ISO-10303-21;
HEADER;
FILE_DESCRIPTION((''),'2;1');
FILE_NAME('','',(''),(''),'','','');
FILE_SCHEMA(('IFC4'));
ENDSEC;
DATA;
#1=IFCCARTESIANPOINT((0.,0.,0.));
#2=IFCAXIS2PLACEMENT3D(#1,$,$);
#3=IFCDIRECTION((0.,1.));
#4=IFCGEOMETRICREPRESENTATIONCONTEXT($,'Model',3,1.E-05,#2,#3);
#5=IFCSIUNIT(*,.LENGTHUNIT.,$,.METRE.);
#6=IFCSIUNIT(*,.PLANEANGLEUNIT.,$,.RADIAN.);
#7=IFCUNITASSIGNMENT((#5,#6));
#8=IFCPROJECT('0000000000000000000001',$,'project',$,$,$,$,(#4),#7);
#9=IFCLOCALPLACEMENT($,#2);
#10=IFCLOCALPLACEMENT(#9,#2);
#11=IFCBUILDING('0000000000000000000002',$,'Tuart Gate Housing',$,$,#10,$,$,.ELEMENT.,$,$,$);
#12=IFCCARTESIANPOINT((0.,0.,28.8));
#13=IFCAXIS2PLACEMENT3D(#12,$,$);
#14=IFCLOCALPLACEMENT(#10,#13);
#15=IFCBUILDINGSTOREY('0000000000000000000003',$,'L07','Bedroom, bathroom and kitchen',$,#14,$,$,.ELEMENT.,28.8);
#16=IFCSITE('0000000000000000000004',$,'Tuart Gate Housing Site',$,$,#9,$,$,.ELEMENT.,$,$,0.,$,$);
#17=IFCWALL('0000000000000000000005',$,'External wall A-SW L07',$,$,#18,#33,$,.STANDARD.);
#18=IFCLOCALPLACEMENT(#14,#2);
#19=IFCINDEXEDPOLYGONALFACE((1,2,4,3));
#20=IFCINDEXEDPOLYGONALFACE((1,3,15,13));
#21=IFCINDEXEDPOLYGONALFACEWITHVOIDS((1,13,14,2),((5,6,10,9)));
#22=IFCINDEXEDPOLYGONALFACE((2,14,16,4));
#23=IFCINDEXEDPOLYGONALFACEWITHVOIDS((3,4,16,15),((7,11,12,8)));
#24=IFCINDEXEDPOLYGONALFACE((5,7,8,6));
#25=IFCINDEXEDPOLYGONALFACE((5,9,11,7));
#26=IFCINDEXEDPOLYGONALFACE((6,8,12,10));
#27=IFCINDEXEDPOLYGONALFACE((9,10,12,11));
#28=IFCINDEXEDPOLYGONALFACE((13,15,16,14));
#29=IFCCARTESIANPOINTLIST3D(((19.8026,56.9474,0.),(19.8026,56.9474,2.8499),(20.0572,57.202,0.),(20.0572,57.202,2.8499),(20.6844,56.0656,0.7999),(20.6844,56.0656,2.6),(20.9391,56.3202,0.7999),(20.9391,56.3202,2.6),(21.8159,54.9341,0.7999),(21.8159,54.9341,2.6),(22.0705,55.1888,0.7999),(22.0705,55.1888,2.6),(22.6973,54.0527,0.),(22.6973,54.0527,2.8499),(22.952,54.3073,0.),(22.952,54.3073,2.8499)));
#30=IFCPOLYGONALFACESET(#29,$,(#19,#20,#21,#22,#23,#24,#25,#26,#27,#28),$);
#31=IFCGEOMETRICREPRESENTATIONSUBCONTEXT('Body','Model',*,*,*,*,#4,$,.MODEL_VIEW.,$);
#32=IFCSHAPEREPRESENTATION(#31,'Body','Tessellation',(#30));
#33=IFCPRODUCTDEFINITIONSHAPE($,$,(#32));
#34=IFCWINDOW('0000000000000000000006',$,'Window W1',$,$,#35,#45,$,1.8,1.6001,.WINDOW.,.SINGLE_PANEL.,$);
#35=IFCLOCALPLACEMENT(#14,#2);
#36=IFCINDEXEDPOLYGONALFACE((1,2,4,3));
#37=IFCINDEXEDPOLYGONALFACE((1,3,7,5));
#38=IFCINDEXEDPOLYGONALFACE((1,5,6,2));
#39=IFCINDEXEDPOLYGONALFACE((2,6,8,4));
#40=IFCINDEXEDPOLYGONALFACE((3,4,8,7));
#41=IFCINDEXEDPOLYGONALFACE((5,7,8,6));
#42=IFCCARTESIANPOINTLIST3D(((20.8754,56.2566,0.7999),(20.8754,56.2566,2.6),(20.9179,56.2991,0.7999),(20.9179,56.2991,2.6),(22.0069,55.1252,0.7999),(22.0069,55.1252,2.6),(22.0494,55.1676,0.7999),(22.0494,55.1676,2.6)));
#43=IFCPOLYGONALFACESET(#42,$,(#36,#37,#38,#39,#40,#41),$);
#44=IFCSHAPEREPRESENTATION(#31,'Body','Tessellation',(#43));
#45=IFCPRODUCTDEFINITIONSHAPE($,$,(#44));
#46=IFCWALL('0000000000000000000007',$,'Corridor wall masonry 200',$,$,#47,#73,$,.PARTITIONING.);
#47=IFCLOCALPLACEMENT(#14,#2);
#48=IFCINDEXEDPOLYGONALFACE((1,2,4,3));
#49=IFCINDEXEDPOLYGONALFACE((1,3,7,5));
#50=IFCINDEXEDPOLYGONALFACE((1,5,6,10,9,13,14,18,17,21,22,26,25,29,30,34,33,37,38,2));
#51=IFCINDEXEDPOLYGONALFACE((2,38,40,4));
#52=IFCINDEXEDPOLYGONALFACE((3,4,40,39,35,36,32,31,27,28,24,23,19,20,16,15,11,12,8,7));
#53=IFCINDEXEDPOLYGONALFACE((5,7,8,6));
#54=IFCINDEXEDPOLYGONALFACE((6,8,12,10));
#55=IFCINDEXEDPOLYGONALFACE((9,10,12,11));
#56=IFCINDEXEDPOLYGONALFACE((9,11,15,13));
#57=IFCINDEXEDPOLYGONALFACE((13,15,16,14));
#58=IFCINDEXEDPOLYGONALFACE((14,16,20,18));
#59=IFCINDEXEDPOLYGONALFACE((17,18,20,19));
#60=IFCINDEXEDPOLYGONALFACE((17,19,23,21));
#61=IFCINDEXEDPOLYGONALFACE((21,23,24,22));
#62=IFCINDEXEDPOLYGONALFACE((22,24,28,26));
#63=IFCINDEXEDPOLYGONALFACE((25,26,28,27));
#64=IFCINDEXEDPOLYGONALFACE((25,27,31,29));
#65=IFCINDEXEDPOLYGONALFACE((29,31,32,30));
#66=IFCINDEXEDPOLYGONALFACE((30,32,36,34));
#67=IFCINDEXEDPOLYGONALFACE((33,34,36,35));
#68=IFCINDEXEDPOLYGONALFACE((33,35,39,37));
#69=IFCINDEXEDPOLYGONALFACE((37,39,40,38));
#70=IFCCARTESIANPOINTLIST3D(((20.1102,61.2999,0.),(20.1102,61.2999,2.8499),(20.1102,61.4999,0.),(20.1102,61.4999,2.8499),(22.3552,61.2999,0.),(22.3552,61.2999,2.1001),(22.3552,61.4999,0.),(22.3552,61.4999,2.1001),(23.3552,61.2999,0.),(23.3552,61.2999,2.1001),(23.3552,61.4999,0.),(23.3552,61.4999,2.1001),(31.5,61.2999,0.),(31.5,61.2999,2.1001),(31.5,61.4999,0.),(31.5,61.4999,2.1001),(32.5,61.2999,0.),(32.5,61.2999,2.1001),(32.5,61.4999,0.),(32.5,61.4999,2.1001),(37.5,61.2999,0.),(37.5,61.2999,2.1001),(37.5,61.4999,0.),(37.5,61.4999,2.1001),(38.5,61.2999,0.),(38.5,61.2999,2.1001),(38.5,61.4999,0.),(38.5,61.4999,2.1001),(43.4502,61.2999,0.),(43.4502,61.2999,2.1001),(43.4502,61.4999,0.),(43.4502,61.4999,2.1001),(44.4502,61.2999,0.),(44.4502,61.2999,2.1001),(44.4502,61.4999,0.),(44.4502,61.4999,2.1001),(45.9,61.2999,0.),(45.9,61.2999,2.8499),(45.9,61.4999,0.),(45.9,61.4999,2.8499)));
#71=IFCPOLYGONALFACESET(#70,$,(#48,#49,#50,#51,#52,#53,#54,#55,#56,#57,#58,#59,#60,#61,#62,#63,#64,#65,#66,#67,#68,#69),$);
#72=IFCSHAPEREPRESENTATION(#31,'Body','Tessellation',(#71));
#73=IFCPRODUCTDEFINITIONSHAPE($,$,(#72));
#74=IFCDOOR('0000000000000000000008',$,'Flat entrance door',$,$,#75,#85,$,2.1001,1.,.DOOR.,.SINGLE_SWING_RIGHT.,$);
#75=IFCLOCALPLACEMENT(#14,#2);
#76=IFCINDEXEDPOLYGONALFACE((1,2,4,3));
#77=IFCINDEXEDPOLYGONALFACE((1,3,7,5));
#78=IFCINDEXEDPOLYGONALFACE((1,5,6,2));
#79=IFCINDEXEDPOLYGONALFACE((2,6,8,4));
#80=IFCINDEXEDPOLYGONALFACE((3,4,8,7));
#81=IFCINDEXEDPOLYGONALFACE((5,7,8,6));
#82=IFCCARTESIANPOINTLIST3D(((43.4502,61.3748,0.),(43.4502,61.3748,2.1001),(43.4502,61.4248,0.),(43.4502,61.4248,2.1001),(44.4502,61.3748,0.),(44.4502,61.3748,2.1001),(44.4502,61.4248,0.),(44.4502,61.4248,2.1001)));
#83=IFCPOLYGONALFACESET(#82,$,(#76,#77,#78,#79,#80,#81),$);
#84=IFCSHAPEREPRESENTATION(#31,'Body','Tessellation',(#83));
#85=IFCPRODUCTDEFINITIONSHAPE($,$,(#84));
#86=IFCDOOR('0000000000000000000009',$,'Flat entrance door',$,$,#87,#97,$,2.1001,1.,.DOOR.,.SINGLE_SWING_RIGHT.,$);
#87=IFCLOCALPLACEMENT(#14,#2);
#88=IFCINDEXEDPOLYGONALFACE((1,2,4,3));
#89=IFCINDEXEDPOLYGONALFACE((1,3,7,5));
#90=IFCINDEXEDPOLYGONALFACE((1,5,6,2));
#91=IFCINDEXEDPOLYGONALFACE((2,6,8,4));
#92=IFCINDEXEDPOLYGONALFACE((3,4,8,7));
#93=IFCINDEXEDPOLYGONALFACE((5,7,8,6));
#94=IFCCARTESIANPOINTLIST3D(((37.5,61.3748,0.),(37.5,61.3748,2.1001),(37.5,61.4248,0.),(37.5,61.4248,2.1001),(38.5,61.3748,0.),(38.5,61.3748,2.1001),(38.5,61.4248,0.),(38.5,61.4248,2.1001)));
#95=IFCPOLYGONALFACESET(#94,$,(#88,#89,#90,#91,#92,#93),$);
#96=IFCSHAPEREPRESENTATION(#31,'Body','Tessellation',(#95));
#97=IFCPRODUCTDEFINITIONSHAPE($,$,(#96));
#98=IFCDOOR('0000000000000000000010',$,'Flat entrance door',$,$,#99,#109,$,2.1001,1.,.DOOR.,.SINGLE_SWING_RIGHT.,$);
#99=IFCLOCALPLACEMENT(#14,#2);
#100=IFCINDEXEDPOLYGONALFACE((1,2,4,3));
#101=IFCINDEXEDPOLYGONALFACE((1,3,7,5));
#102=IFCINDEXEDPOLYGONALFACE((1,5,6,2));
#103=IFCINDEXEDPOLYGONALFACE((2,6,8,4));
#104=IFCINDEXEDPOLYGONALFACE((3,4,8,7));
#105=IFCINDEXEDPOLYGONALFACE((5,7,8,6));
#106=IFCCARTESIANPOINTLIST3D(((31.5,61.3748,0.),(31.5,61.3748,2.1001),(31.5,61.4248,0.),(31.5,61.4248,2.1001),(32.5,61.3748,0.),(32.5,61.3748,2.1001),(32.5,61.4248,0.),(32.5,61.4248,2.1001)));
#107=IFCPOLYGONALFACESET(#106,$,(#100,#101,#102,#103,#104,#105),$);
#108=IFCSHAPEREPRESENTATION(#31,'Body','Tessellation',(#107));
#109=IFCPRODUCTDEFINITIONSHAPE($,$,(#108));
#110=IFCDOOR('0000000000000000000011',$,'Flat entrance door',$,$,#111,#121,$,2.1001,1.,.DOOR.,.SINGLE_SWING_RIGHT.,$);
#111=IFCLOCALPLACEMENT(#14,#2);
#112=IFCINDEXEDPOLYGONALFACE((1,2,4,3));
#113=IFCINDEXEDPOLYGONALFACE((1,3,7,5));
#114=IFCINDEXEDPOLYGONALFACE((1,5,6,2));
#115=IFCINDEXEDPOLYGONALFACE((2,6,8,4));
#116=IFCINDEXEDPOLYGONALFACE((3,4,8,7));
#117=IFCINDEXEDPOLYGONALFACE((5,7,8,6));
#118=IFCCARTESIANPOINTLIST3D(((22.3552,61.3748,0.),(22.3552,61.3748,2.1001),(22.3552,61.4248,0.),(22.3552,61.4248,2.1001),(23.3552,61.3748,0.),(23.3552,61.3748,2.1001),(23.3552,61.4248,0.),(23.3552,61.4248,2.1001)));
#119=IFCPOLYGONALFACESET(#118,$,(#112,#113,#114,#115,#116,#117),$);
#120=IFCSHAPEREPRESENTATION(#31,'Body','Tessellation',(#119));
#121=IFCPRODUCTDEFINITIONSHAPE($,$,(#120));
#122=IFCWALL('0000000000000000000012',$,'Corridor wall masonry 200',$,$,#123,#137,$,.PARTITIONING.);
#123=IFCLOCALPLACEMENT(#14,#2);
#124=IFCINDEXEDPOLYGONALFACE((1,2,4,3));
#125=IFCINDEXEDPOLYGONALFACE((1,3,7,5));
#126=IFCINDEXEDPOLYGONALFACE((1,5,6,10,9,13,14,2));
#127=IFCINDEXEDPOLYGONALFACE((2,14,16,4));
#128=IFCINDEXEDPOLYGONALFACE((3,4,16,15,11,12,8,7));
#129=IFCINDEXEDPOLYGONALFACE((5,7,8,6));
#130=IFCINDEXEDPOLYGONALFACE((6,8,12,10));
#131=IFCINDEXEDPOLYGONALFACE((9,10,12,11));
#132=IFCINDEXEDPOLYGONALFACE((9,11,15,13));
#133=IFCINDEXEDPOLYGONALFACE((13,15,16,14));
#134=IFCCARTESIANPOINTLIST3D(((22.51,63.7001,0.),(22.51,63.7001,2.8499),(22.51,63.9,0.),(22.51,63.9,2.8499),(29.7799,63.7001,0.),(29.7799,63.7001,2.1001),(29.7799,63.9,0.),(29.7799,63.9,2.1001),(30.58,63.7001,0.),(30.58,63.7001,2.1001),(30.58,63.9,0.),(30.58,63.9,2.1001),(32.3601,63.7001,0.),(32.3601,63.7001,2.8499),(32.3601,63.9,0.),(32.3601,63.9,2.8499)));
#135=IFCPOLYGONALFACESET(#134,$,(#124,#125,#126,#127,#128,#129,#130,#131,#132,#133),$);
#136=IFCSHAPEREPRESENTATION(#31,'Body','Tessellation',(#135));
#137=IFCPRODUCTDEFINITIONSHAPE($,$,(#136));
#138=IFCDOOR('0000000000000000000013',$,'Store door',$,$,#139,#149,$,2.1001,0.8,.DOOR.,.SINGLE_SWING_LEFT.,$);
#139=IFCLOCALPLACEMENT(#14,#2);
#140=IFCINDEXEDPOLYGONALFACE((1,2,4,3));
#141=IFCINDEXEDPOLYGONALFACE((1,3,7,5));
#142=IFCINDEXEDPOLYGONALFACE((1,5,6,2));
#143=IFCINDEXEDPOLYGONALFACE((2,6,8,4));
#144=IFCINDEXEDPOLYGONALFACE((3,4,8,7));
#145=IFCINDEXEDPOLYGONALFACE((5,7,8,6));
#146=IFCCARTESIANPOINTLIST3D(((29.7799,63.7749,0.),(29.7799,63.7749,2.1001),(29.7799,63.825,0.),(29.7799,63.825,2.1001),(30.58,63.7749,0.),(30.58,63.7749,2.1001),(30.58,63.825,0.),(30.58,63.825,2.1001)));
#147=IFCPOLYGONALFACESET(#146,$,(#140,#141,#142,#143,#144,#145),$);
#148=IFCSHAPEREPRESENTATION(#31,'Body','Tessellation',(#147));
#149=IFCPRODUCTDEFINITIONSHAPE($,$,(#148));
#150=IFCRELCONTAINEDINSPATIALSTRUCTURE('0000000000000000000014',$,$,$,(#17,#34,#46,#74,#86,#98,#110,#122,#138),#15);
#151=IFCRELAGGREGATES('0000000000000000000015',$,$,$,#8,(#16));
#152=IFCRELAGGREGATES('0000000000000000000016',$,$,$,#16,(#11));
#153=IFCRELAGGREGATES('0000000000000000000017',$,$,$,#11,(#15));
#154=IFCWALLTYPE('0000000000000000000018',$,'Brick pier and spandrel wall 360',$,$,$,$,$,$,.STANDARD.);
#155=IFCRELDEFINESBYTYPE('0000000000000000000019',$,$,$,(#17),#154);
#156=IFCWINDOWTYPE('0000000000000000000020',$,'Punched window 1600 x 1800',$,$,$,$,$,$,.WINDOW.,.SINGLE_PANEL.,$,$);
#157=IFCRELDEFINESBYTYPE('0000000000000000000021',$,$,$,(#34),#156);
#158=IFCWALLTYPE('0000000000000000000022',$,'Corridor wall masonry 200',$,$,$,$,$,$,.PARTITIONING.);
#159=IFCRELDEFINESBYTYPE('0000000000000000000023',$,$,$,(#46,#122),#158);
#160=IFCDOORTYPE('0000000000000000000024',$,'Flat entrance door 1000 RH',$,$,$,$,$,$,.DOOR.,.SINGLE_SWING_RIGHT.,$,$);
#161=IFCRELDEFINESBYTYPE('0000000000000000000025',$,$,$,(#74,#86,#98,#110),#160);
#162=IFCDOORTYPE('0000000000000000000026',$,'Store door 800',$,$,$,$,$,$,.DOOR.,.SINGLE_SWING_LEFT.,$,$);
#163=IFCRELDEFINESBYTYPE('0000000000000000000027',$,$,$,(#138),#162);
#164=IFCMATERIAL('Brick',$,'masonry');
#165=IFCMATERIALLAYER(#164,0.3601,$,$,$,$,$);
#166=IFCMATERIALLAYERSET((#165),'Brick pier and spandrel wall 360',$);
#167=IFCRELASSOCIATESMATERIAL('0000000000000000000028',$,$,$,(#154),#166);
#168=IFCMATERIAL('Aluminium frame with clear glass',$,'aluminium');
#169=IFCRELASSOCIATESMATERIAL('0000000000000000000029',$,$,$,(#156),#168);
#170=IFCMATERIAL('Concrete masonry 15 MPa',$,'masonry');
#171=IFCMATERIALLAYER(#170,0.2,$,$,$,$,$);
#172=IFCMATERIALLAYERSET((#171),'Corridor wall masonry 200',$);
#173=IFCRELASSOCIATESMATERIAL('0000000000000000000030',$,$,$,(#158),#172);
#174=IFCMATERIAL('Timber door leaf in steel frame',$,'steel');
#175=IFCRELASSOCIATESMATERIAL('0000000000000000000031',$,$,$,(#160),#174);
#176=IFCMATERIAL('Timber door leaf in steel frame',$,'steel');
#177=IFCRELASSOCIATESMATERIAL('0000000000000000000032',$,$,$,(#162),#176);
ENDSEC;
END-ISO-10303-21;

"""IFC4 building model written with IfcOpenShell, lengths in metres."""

from ifc_helpers import new_model, si_unit, direction, frame, frame_2d, origin, place, context, subcontext, project, spatial, rectangle, extrude, material, layer, layer_set, type_object, element, fill, save


model = new_model("IFC4")

# Units and contexts
model_context = context("Model", 3, precision=1e-05, world=origin(), true_north=direction((0.0, 1.0)))
body_context = subcontext(model_context, "Body", "Model", "MODEL_VIEW")
ifc_project = project(units=[si_unit("LENGTHUNIT", "METRE"), si_unit("PLANEANGLEUNIT", "RADIAN")], contexts=[model_context])

# Site, building, storey
site_placement = place(None, origin())
site = spatial("IfcSite", under=ifc_project, at=site_placement, Name="Tuart Gate Housing Site", CompositionType="ELEMENT", RefElevation=0.0)
building_placement = place(site_placement, origin())
building = spatial("IfcBuilding", under=site, at=building_placement, Name="Tuart Gate Housing", CompositionType="ELEMENT")
storey_placement = place(building_placement, frame((0.0, 0.0, 28.8)))
storey = spatial("IfcBuildingStorey", under=building, at=storey_placement, Name="L07", Description="Bedroom, bathroom and kitchen", CompositionType="ELEMENT", Elevation=28.8)

# Wall, opening, window
ifc_material_1 = material(Name="Brick", Category="masonry")
ifc_layer_1 = layer(ifc_material_1, 0.3601)
ifc_layer_set_1 = layer_set([ifc_layer_1], Name="Brick pier and spandrel wall 360")
wall_type_1 = type_object("IfcWallType", Name="Brick pier and spandrel wall 360", PredefinedType="STANDARD", material=ifc_layer_set_1)
wall_1_placement = place(storey_placement, frame((19.9299, 57.0747, 0.0), z_axis=(0.0, 0.0, 1.0), x_axis=(0.707107, -0.707107, 0.0)))
wall_1 = element("IfcWall", 1, at=wall_1_placement, inside=storey, type_object=wall_type_1, Name="External wall A-SW L07", PredefinedType="STANDARD", context=body_context, shape_type="SweptSolid", body=[
    extrude(rectangle(XDim=4.0938, YDim=0.3601, at=frame_2d((2.0469, 0.0))), origin(), (0.0, 0.0, 1.0), 2.8499),
])
opening_1_placement = place(wall_1_placement, frame((1.2471, 0.0, 0.8)))
opening_1 = element("IfcOpeningElement", 2, at=opening_1_placement, cuts=wall_1, PredefinedType="OPENING", context=body_context, shape_type="SweptSolid", body=[
    extrude(rectangle(XDim=1.6001, YDim=1.8, at=frame_2d((0.8, 0.8999))), frame((0.0, 0.1899, 0.0), z_axis=(0.0, -1.0, 0.0), x_axis=(1.0, 0.0, 0.0)), (0.0, 0.0, 1.0), 0.3801),
])
ifc_material_2 = material(Name="Aluminium frame with clear glass", Category="aluminium")
window_type = type_object("IfcWindowType", Name="Punched window 1600 x 1800", PartitioningType="SINGLE_PANEL", PredefinedType="WINDOW", material=ifc_material_2)
window_placement = place(opening_1_placement, origin())
window = element("IfcWindow", 3, at=window_placement, inside=storey, type_object=window_type, Name="Window W1", OverallHeight=1.8, OverallWidth=1.6001, PartitioningType="SINGLE_PANEL", PredefinedType="WINDOW", context=body_context, shape_type="SweptSolid", body=[
    extrude(rectangle(XDim=1.6001, YDim=1.8, at=frame_2d((0.8, 0.8999))), frame((0.0, 0.1501, 0.0), z_axis=(0.0, -1.0, 0.0), x_axis=(1.0, 0.0, 0.0)), (0.0, 0.0, 1.0), 0.0601),
])
fill(opening_1, window)

# Wall, openings, doors
ifc_material_3 = material(Name="Concrete masonry 15 MPa", Category="masonry")
ifc_layer_2 = layer(ifc_material_3, 0.2)
ifc_layer_set_2 = layer_set([ifc_layer_2], Name="Corridor wall masonry 200")
wall_type_2 = type_object("IfcWallType", Name="Corridor wall masonry 200", PredefinedType="PARTITIONING", material=ifc_layer_set_2)
wall_2_placement = place(storey_placement, frame((20.1101, 61.3999, 0.0), z_axis=(0.0, 0.0, 1.0), x_axis=(1.0, 0.0, 0.0)))
wall_2 = element("IfcWall", 4, at=wall_2_placement, inside=storey, type_object=wall_type_2, Name="Corridor wall masonry 200", PredefinedType="PARTITIONING", context=body_context, shape_type="SweptSolid", body=[
    extrude(rectangle(XDim=25.7898, YDim=0.2, at=frame_2d((12.895, 0.0))), origin(), (0.0, 0.0, 1.0), 2.8499),
])
opening_2_placement = place(wall_2_placement, frame((23.3401, 0.0, 0.0)))
opening_2 = element("IfcOpeningElement", 5, at=opening_2_placement, cuts=wall_2, PredefinedType="OPENING", context=body_context, shape_type="SweptSolid", body=[
    extrude(rectangle(XDim=1.0, YDim=2.1001, at=frame_2d((0.5, 1.05))), frame((0.0, 0.1099, 0.0), z_axis=(0.0, -1.0, 0.0), x_axis=(1.0, 0.0, 0.0)), (0.0, 0.0, 1.0), 0.22),
])
opening_3_placement = place(wall_2_placement, frame((17.3899, 0.0, 0.0)))
opening_3 = element("IfcOpeningElement", 6, at=opening_3_placement, cuts=wall_2, PredefinedType="OPENING", context=body_context, shape_type="SweptSolid", body=[
    extrude(rectangle(XDim=1.0, YDim=2.1001, at=frame_2d((0.5, 1.05))), frame((0.0, 0.1099, 0.0), z_axis=(0.0, -1.0, 0.0), x_axis=(1.0, 0.0, 0.0)), (0.0, 0.0, 1.0), 0.22),
])
opening_4_placement = place(wall_2_placement, frame((11.3899, 0.0, 0.0)))
opening_4 = element("IfcOpeningElement", 7, at=opening_4_placement, cuts=wall_2, PredefinedType="OPENING", context=body_context, shape_type="SweptSolid", body=[
    extrude(rectangle(XDim=1.0, YDim=2.1001, at=frame_2d((0.5, 1.05))), frame((0.0, 0.1099, 0.0), z_axis=(0.0, -1.0, 0.0), x_axis=(1.0, 0.0, 0.0)), (0.0, 0.0, 1.0), 0.22),
])
opening_5_placement = place(wall_2_placement, frame((2.2451, 0.0, 0.0)))
opening_5 = element("IfcOpeningElement", 8, at=opening_5_placement, cuts=wall_2, PredefinedType="OPENING", context=body_context, shape_type="SweptSolid", body=[
    extrude(rectangle(XDim=1.0, YDim=2.1001, at=frame_2d((0.5, 1.05))), frame((0.0, 0.1099, 0.0), z_axis=(0.0, -1.0, 0.0), x_axis=(1.0, 0.0, 0.0)), (0.0, 0.0, 1.0), 0.22),
])
ifc_material_4 = material(Name="Timber door leaf in steel frame", Category="steel")
door_type_1 = type_object("IfcDoorType", Name="Flat entrance door 1000 RH", OperationType="SINGLE_SWING_RIGHT", PredefinedType="DOOR", material=ifc_material_4)
door_1_placement = place(opening_2_placement, frame((1.0, 0.0, 0.0), z_axis=(0.0, 0.0, 1.0), x_axis=(-1.0, 0.0, 0.0)))
door_1 = element("IfcDoor", 9, at=door_1_placement, inside=storey, type_object=door_type_1, Name="Flat entrance door", OperationType="SINGLE_SWING_RIGHT", OverallHeight=2.1001, OverallWidth=1.0, PredefinedType="DOOR", context=body_context, shape_type="SweptSolid", body=[
    extrude(rectangle(XDim=1.0, YDim=2.1001, at=frame_2d((0.5, 1.05))), frame((0.0, 0.0251, 0.0), z_axis=(0.0, -1.0, 0.0), x_axis=(1.0, 0.0, 0.0)), (0.0, 0.0, 1.0), 0.05),
])
fill(opening_2, door_1)
door_2_placement = place(opening_3_placement, frame((1.0, 0.0, 0.0), z_axis=(0.0, 0.0, 1.0), x_axis=(-1.0, 0.0, 0.0)))
door_2 = element("IfcDoor", 10, at=door_2_placement, inside=storey, type_object=door_type_1, Name="Flat entrance door", OperationType="SINGLE_SWING_RIGHT", OverallHeight=2.1001, OverallWidth=1.0, PredefinedType="DOOR", context=body_context, shape_type="SweptSolid", body=[
    extrude(rectangle(XDim=1.0, YDim=2.1001, at=frame_2d((0.5, 1.05))), frame((0.0, 0.0251, 0.0), z_axis=(0.0, -1.0, 0.0), x_axis=(1.0, 0.0, 0.0)), (0.0, 0.0, 1.0), 0.05),
])
fill(opening_3, door_2)
door_3_placement = place(opening_4_placement, frame((1.0, 0.0, 0.0), z_axis=(0.0, 0.0, 1.0), x_axis=(-1.0, 0.0, 0.0)))
door_3 = element("IfcDoor", 11, at=door_3_placement, inside=storey, type_object=door_type_1, Name="Flat entrance door", OperationType="SINGLE_SWING_RIGHT", OverallHeight=2.1001, OverallWidth=1.0, PredefinedType="DOOR", context=body_context, shape_type="SweptSolid", body=[
    extrude(rectangle(XDim=1.0, YDim=2.1001, at=frame_2d((0.5, 1.05))), frame((0.0, 0.0251, 0.0), z_axis=(0.0, -1.0, 0.0), x_axis=(1.0, 0.0, 0.0)), (0.0, 0.0, 1.0), 0.05),
])
fill(opening_4, door_3)
door_4_placement = place(opening_5_placement, frame((1.0, 0.0, 0.0), z_axis=(0.0, 0.0, 1.0), x_axis=(-1.0, 0.0, 0.0)))
door_4 = element("IfcDoor", 12, at=door_4_placement, inside=storey, type_object=door_type_1, Name="Flat entrance door", OperationType="SINGLE_SWING_RIGHT", OverallHeight=2.1001, OverallWidth=1.0, PredefinedType="DOOR", context=body_context, shape_type="SweptSolid", body=[
    extrude(rectangle(XDim=1.0, YDim=2.1001, at=frame_2d((0.5, 1.05))), frame((0.0, 0.0251, 0.0), z_axis=(0.0, -1.0, 0.0), x_axis=(1.0, 0.0, 0.0)), (0.0, 0.0, 1.0), 0.05),
])
fill(opening_5, door_4)

# Wall, opening, door
wall_3_placement = place(storey_placement, frame((22.51, 63.8, 0.0), z_axis=(0.0, 0.0, 1.0), x_axis=(1.0, 0.0, 0.0)))
wall_3 = element("IfcWall", 13, at=wall_3_placement, inside=storey, type_object=wall_type_2, Name="Corridor wall masonry 200", PredefinedType="PARTITIONING", context=body_context, shape_type="SweptSolid", body=[
    extrude(rectangle(XDim=9.8501, YDim=0.2, at=frame_2d((4.925, 0.0))), origin(), (0.0, 0.0, 1.0), 2.8499),
])
opening_6_placement = place(wall_3_placement, frame((7.27, 0.0, 0.0)))
opening_6 = element("IfcOpeningElement", 14, at=opening_6_placement, cuts=wall_3, PredefinedType="OPENING", context=body_context, shape_type="SweptSolid", body=[
    extrude(rectangle(XDim=0.8, YDim=2.1001, at=frame_2d((0.3999, 1.05))), frame((0.0, 0.1099, 0.0), z_axis=(0.0, -1.0, 0.0), x_axis=(1.0, 0.0, 0.0)), (0.0, 0.0, 1.0), 0.22),
])
ifc_material_5 = material(Name="Timber door leaf in steel frame", Category="steel")
door_type_2 = type_object("IfcDoorType", Name="Store door 800", OperationType="SINGLE_SWING_LEFT", PredefinedType="DOOR", material=ifc_material_5)
door_5_placement = place(opening_6_placement, origin())
door_5 = element("IfcDoor", 15, at=door_5_placement, inside=storey, type_object=door_type_2, Name="Store door", OperationType="SINGLE_SWING_LEFT", OverallHeight=2.1001, OverallWidth=0.8, PredefinedType="DOOR", context=body_context, shape_type="SweptSolid", body=[
    extrude(rectangle(XDim=0.8, YDim=2.1001, at=frame_2d((0.3999, 1.05))), frame((0.0, 0.0249, 0.0), z_axis=(0.0, -1.0, 0.0), x_axis=(1.0, 0.0, 0.0)), (0.0, 0.0, 1.0), 0.05),
])
fill(opening_6, door_5)

save(model, "model.ifc")
